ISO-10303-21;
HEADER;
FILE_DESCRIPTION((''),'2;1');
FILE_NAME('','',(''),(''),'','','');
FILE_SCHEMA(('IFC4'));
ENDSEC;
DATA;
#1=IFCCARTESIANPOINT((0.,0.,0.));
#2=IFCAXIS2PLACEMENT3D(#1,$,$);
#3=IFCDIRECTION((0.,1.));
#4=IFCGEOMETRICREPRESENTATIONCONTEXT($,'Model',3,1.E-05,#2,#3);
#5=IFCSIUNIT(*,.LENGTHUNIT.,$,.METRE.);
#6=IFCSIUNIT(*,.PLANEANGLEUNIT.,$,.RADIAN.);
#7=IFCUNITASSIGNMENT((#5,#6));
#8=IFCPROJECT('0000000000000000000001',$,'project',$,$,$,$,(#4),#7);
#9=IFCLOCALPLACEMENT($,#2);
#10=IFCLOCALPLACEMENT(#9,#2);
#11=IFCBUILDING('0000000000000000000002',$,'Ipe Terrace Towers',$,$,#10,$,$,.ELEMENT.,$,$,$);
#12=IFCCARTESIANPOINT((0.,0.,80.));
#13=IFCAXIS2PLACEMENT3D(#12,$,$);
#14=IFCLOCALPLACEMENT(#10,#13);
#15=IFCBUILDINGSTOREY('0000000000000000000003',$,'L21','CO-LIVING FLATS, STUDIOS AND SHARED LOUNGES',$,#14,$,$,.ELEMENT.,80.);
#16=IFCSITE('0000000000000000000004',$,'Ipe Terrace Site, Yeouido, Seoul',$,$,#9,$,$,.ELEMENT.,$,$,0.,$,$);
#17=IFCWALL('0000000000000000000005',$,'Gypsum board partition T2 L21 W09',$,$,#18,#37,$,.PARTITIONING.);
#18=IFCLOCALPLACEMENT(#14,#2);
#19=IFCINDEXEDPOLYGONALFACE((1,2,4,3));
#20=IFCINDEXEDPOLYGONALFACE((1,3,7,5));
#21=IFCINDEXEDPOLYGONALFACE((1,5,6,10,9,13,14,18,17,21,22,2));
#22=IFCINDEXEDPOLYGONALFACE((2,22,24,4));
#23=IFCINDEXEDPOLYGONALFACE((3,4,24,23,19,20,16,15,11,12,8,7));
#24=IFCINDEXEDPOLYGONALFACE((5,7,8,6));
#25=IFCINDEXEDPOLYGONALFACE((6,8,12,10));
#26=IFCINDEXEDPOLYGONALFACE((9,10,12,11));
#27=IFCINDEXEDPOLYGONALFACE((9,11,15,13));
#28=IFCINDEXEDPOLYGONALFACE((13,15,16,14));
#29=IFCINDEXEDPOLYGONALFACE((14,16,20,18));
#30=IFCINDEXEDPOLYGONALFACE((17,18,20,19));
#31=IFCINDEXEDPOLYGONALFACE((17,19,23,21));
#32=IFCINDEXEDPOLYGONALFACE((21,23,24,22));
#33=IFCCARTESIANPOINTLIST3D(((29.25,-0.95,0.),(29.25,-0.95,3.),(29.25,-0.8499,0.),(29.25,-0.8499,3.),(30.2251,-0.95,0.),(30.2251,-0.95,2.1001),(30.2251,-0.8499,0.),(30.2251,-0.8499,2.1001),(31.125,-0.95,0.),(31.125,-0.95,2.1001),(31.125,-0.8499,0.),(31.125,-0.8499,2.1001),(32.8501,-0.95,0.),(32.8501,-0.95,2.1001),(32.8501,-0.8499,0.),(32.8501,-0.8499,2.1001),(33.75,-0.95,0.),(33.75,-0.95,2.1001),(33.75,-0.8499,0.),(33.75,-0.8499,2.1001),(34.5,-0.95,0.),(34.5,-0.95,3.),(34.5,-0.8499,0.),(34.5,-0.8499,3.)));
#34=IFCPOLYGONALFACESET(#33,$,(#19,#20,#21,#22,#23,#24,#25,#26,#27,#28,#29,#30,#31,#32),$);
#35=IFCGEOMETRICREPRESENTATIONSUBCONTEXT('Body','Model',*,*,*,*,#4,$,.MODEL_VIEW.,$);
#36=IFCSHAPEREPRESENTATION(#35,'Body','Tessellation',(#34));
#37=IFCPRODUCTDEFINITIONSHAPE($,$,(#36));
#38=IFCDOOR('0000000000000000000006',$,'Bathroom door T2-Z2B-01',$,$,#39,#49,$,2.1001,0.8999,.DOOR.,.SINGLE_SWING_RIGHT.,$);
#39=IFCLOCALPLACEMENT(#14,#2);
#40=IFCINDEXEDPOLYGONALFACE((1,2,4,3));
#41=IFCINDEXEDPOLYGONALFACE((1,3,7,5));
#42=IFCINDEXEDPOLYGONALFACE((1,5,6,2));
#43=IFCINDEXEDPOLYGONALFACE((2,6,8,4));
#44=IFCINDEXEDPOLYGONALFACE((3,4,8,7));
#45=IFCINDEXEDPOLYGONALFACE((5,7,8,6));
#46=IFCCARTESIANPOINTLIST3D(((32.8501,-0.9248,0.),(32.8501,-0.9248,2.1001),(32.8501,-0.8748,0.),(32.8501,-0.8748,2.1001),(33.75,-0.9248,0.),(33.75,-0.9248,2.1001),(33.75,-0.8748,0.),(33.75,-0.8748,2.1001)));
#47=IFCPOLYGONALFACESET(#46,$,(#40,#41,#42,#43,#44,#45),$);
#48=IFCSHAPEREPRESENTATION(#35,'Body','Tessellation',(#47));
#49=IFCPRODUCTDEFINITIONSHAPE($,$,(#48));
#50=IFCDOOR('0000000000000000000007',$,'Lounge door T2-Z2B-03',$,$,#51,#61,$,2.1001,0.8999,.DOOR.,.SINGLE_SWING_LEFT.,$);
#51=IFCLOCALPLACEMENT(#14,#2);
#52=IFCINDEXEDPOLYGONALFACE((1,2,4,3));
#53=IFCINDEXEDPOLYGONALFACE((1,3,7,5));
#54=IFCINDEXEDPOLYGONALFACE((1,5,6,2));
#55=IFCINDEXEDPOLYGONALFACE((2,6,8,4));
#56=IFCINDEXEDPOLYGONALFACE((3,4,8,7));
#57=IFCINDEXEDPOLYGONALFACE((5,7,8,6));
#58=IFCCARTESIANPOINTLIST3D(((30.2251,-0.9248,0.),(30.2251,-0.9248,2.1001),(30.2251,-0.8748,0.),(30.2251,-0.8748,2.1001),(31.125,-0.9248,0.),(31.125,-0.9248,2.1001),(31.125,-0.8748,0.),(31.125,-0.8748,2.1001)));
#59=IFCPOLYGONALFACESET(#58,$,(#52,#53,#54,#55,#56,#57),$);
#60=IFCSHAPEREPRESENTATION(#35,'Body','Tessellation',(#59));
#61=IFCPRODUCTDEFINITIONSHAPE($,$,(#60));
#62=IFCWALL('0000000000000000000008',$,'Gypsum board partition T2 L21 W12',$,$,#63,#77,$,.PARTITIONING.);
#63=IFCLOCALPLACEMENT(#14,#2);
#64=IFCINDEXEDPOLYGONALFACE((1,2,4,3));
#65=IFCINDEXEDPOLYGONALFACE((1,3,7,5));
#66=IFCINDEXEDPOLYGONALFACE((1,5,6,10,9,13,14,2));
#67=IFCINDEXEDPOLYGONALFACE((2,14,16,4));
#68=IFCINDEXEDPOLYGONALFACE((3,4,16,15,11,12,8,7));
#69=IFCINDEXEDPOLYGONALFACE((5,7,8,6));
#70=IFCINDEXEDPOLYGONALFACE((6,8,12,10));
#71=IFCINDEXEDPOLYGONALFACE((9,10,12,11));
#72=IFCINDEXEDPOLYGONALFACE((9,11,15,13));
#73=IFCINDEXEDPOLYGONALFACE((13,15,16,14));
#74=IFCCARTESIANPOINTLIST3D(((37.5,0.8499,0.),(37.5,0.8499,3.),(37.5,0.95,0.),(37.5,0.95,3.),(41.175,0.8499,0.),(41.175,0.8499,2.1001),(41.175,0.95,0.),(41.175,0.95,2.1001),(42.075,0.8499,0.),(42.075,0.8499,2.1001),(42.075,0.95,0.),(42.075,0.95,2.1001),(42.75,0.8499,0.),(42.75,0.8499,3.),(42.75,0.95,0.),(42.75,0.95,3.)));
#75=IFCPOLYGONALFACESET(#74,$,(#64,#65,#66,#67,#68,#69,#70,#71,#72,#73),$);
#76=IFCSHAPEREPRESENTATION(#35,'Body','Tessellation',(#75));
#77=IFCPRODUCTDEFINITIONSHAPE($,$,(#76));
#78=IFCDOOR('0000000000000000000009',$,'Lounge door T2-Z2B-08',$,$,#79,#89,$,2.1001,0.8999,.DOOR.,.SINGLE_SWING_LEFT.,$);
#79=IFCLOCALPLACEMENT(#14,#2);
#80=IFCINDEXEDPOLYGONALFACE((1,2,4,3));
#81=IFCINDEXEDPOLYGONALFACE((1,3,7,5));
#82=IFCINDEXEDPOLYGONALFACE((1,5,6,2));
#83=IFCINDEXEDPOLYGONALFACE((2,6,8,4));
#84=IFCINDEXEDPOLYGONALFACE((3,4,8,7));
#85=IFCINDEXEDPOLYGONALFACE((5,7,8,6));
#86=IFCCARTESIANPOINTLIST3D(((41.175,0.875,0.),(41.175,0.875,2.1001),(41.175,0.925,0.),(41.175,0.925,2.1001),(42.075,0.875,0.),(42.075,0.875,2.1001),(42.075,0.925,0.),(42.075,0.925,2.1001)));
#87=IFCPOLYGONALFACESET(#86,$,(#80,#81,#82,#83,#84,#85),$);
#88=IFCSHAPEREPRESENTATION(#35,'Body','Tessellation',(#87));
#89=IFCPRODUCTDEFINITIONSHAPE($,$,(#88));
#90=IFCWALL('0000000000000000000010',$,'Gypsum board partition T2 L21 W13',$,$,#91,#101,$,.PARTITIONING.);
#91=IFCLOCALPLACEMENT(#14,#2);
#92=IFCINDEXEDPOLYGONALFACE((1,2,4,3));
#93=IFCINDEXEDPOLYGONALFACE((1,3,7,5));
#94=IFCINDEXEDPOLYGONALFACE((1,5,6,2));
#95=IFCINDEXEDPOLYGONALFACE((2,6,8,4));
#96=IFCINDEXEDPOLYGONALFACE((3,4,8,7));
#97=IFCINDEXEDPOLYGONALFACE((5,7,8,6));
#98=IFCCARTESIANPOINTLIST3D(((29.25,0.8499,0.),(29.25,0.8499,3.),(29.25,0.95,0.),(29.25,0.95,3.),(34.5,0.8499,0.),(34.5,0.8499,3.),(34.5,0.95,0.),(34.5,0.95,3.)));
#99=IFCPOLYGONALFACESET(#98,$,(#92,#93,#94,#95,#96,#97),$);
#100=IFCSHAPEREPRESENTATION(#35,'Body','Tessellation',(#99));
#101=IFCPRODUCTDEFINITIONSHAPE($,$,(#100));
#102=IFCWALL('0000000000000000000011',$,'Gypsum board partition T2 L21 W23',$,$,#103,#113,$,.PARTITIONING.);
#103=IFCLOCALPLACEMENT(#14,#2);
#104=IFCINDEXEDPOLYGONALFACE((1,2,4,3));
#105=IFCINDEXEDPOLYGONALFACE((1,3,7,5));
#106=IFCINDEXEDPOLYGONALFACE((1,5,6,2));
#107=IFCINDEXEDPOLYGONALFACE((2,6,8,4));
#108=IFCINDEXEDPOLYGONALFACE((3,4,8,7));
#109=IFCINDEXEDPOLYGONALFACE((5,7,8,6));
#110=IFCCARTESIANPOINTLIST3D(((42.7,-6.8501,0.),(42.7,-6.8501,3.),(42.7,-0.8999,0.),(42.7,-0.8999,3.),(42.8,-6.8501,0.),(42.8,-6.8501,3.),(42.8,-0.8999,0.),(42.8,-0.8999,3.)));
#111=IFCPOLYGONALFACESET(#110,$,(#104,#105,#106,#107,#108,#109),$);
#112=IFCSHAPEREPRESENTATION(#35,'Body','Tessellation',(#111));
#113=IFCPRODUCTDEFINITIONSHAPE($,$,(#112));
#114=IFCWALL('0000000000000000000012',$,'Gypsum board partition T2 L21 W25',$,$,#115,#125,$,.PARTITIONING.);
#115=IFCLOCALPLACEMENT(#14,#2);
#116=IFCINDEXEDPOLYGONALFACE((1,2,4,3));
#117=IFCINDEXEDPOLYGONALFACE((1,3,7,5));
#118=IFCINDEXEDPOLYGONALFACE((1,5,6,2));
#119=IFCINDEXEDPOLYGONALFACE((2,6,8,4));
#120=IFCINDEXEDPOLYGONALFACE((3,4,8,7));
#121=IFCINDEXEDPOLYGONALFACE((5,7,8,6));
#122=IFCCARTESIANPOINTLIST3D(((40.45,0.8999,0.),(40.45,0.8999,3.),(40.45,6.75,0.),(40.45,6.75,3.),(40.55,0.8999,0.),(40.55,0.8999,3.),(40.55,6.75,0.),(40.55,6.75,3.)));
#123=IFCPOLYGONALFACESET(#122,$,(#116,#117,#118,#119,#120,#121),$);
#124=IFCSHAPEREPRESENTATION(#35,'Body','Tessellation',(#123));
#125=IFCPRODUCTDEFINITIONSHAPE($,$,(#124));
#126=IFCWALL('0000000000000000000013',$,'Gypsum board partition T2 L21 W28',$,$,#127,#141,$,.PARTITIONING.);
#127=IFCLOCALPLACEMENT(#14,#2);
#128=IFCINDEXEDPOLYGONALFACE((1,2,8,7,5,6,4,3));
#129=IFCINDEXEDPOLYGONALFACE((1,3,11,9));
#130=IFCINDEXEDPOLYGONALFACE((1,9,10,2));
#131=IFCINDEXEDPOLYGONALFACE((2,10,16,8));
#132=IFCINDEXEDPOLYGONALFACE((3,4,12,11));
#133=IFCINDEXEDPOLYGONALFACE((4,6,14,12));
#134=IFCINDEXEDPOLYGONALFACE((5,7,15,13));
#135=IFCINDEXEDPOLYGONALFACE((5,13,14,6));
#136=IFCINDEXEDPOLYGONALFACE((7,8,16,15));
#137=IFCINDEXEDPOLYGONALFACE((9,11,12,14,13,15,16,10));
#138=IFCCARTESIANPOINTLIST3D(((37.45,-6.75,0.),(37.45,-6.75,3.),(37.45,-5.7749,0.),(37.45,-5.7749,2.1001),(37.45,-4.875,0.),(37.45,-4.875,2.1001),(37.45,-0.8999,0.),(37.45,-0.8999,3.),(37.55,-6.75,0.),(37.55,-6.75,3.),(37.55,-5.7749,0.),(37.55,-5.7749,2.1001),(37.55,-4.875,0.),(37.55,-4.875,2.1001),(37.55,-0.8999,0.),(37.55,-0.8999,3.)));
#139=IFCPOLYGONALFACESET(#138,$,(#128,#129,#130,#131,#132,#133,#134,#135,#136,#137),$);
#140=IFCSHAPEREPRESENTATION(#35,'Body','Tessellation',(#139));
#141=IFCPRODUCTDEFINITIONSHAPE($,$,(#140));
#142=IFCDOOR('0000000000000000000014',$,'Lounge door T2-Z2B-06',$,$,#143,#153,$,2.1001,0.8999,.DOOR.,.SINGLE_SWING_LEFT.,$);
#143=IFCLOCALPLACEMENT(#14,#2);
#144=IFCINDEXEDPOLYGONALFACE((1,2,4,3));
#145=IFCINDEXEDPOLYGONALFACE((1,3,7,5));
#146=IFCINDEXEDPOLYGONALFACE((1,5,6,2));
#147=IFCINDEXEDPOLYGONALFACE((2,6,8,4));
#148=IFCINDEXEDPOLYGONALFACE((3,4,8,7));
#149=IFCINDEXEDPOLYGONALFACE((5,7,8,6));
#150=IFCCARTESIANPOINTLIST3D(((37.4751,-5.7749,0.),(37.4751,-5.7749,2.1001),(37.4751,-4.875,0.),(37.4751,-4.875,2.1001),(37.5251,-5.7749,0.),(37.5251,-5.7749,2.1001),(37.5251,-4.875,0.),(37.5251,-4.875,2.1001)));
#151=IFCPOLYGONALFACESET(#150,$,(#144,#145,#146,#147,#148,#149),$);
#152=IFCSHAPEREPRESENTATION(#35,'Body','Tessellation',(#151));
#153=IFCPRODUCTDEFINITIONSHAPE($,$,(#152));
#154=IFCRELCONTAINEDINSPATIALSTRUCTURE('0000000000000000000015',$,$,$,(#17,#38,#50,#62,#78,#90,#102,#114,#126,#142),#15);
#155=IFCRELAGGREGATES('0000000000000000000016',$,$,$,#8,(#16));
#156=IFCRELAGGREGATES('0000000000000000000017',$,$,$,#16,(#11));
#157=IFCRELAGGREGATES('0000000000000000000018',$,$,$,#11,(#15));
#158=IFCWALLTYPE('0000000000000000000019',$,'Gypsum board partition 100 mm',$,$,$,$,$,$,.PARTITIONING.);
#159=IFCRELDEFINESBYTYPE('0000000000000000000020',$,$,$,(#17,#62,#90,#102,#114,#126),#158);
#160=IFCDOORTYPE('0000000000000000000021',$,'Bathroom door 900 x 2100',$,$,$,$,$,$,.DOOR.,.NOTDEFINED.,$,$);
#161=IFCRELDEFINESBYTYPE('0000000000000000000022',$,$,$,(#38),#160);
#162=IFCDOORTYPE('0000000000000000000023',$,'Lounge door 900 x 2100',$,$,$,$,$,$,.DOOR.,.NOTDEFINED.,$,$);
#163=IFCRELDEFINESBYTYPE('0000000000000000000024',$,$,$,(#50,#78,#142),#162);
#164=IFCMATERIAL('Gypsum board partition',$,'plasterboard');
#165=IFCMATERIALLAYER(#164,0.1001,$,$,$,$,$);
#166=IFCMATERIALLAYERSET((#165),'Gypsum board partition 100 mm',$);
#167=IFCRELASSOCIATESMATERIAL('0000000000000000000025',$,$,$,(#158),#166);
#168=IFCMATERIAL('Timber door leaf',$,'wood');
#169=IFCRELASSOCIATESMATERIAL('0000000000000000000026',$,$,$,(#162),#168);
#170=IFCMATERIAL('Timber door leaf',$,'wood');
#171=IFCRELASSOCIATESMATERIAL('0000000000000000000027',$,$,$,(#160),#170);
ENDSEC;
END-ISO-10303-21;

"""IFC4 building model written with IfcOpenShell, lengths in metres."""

from ifc_helpers import new_model, si_unit, direction, frame, frame_2d, origin, place, context, subcontext, project, spatial, rectangle, extrude, material, layer, layer_set, type_object, element, fill, save


model = new_model("IFC4")

# Units and contexts
model_context = context("Model", 3, precision=1e-05, world=origin(), true_north=direction((0.0, 1.0)))
body_context = subcontext(model_context, "Body", "Model", "MODEL_VIEW")
ifc_project = project(units=[si_unit("LENGTHUNIT", "METRE"), si_unit("PLANEANGLEUNIT", "RADIAN")], contexts=[model_context])

# Site, building, storey
site_placement = place(None, origin())
site = spatial("IfcSite", under=ifc_project, at=site_placement, Name="Ipe Terrace Site, Yeouido, Seoul", CompositionType="ELEMENT", RefElevation=0.0)
building_placement = place(site_placement, origin())
building = spatial("IfcBuilding", under=site, at=building_placement, Name="Ipe Terrace Towers", CompositionType="ELEMENT")
storey_placement = place(building_placement, frame((0.0, 0.0, 80.0)))
storey = spatial("IfcBuildingStorey", under=building, at=storey_placement, Name="L21", Description="CO-LIVING FLATS, STUDIOS AND SHARED LOUNGES", CompositionType="ELEMENT", Elevation=80.0)

# Shared definitions
ifc_material_1 = material(Name="Gypsum board partition", Category="plasterboard")
ifc_layer_1 = layer(ifc_material_1, 0.1001)
ifc_layer_set_1 = layer_set([ifc_layer_1], Name="Gypsum board partition 100 mm")
wall_type_1 = type_object("IfcWallType", Name="Gypsum board partition 100 mm", PredefinedType="PARTITIONING", material=ifc_layer_set_1)

# Shared definitions
ifc_material_2 = material(Name="Timber door leaf", Category="wood")
door_type_1 = type_object("IfcDoorType", Name="Lounge door 900 x 2100", OperationType="NOTDEFINED", PredefinedType="DOOR", material=ifc_material_2)

# Wall, openings, doors
wall_1_placement = place(storey_placement, frame((34.5, -0.8999, 0.0), z_axis=(0.0, 0.0, 1.0), x_axis=(-1.0, 0.0, 0.0)))
wall_1 = element("IfcWall", 1, at=wall_1_placement, inside=storey, type_object=wall_type_1, Name="Gypsum board partition T2 L21 W09", PredefinedType="PARTITIONING", context=body_context, shape_type="SweptSolid", body=[
    extrude(rectangle(XDim=5.25, YDim=0.1001, at=frame_2d((2.625, 0.0))), origin(), (0.0, 0.0, 1.0), 3.0),
])
opening_1_placement = place(wall_1_placement, frame((0.75, 0.0, 0.0)))
opening_1 = element("IfcOpeningElement", 2, at=opening_1_placement, cuts=wall_1, PredefinedType="OPENING", context=body_context, shape_type="SweptSolid", body=[
    extrude(rectangle(XDim=0.8999, YDim=2.1001, at=frame_2d((0.45, 1.05))), frame((0.0, 0.0601, 0.0), z_axis=(0.0, -1.0, 0.0), x_axis=(1.0, 0.0, 0.0)), (0.0, 0.0, 1.0), 0.1201),
])
opening_2_placement = place(wall_1_placement, frame((3.375, 0.0, 0.0)))
opening_2 = element("IfcOpeningElement", 3, at=opening_2_placement, cuts=wall_1, PredefinedType="OPENING", context=body_context, shape_type="SweptSolid", body=[
    extrude(rectangle(XDim=0.8999, YDim=2.1001, at=frame_2d((0.45, 1.05))), frame((0.0, 0.0601, 0.0), z_axis=(0.0, -1.0, 0.0), x_axis=(1.0, 0.0, 0.0)), (0.0, 0.0, 1.0), 0.1201),
])
ifc_material_3 = material(Name="Timber door leaf", Category="wood")
door_type_2 = type_object("IfcDoorType", Name="Bathroom door 900 x 2100", OperationType="NOTDEFINED", PredefinedType="DOOR", material=ifc_material_3)
door_1_placement = place(opening_1_placement, origin())
door_1 = element("IfcDoor", 4, at=door_1_placement, inside=storey, type_object=door_type_2, Name="Bathroom door T2-Z2B-01", OperationType="SINGLE_SWING_RIGHT", OverallHeight=2.1001, OverallWidth=0.8999, PredefinedType="DOOR", context=body_context, shape_type="SweptSolid", body=[
    extrude(rectangle(XDim=0.8999, YDim=2.1001, at=frame_2d((0.45, 1.05))), frame((0.0, 0.0249, 0.0), z_axis=(0.0, -1.0, 0.0), x_axis=(1.0, 0.0, 0.0)), (0.0, 0.0, 1.0), 0.05),
])
fill(opening_1, door_1)
door_2_placement = place(opening_2_placement, origin())
door_2 = element("IfcDoor", 5, at=door_2_placement, inside=storey, type_object=door_type_1, Name="Lounge door T2-Z2B-03", OperationType="SINGLE_SWING_LEFT", OverallHeight=2.1001, OverallWidth=0.8999, PredefinedType="DOOR", context=body_context, shape_type="SweptSolid", body=[
    extrude(rectangle(XDim=0.8999, YDim=2.1001, at=frame_2d((0.45, 1.05))), frame((0.0, 0.0249, 0.0), z_axis=(0.0, -1.0, 0.0), x_axis=(1.0, 0.0, 0.0)), (0.0, 0.0, 1.0), 0.05),
])
fill(opening_2, door_2)

# Wall, opening, door
wall_2_placement = place(storey_placement, frame((42.75, 0.8999, 0.0), z_axis=(0.0, 0.0, 1.0), x_axis=(-1.0, 0.0, 0.0)))
wall_2 = element("IfcWall", 6, at=wall_2_placement, inside=storey, type_object=wall_type_1, Name="Gypsum board partition T2 L21 W12", PredefinedType="PARTITIONING", context=body_context, shape_type="SweptSolid", body=[
    extrude(rectangle(XDim=5.25, YDim=0.1001, at=frame_2d((2.625, 0.0))), origin(), (0.0, 0.0, 1.0), 3.0),
])
opening_3_placement = place(wall_2_placement, frame((0.675, 0.0, 0.0)))
opening_3 = element("IfcOpeningElement", 7, at=opening_3_placement, cuts=wall_2, PredefinedType="OPENING", context=body_context, shape_type="SweptSolid", body=[
    extrude(rectangle(XDim=0.8999, YDim=2.1001, at=frame_2d((0.45, 1.05))), frame((0.0, 0.0601, 0.0), z_axis=(0.0, -1.0, 0.0), x_axis=(1.0, 0.0, 0.0)), (0.0, 0.0, 1.0), 0.1201),
])
door_3_placement = place(opening_3_placement, origin())
door_3 = element("IfcDoor", 8, at=door_3_placement, inside=storey, type_object=door_type_1, Name="Lounge door T2-Z2B-08", OperationType="SINGLE_SWING_LEFT", OverallHeight=2.1001, OverallWidth=0.8999, PredefinedType="DOOR", context=body_context, shape_type="SweptSolid", body=[
    extrude(rectangle(XDim=0.8999, YDim=2.1001, at=frame_2d((0.45, 1.05))), frame((0.0, 0.0249, 0.0), z_axis=(0.0, -1.0, 0.0), x_axis=(1.0, 0.0, 0.0)), (0.0, 0.0, 1.0), 0.05),
])
fill(opening_3, door_3)

# Walls
wall_3_placement = place(storey_placement, frame((34.5, 0.8999, 0.0), z_axis=(0.0, 0.0, 1.0), x_axis=(-1.0, 0.0, 0.0)))
element("IfcWall", 9, at=wall_3_placement, inside=storey, type_object=wall_type_1, Name="Gypsum board partition T2 L21 W13", PredefinedType="PARTITIONING", context=body_context, shape_type="SweptSolid", body=[
    extrude(rectangle(XDim=5.25, YDim=0.1001, at=frame_2d((2.625, 0.0))), origin(), (0.0, 0.0, 1.0), 3.0),
])
wall_4_placement = place(storey_placement, frame((42.75, -6.8501, 0.0), z_axis=(0.0, 0.0, 1.0), x_axis=(0.0, 1.0, 0.0)))
element("IfcWall", 10, at=wall_4_placement, inside=storey, type_object=wall_type_1, Name="Gypsum board partition T2 L21 W23", PredefinedType="PARTITIONING", context=body_context, shape_type="SweptSolid", body=[
    extrude(rectangle(XDim=5.9502, YDim=0.1001, at=frame_2d((2.9751, 0.0))), origin(), (0.0, 0.0, 1.0), 3.0),
])
wall_5_placement = place(storey_placement, frame((40.5, 0.8999, 0.0), z_axis=(0.0, 0.0, 1.0), x_axis=(0.0, 1.0, 0.0)))
element("IfcWall", 11, at=wall_5_placement, inside=storey, type_object=wall_type_1, Name="Gypsum board partition T2 L21 W25", PredefinedType="PARTITIONING", context=body_context, shape_type="SweptSolid", body=[
    extrude(rectangle(XDim=5.8501, YDim=0.1001, at=frame_2d((2.925, 0.0))), origin(), (0.0, 0.0, 1.0), 3.0),
])

# Wall, opening, door
wall_6_placement = place(storey_placement, frame((37.5, -6.75, 0.0), z_axis=(0.0, 0.0, 1.0), x_axis=(0.0, 1.0, 0.0)))
wall_6 = element("IfcWall", 12, at=wall_6_placement, inside=storey, type_object=wall_type_1, Name="Gypsum board partition T2 L21 W28", PredefinedType="PARTITIONING", context=body_context, shape_type="SweptSolid", body=[
    extrude(rectangle(XDim=5.8501, YDim=0.1001, at=frame_2d((2.925, 0.0))), origin(), (0.0, 0.0, 1.0), 3.0),
])
opening_4_placement = place(wall_6_placement, frame((0.9751, 0.0, 0.0)))
opening_4 = element("IfcOpeningElement", 13, at=opening_4_placement, cuts=wall_6, PredefinedType="OPENING", context=body_context, shape_type="SweptSolid", body=[
    extrude(rectangle(XDim=0.8999, YDim=2.1001, at=frame_2d((0.45, 1.05))), frame((0.0, 0.0601, 0.0), z_axis=(0.0, -1.0, 0.0), x_axis=(1.0, 0.0, 0.0)), (0.0, 0.0, 1.0), 0.1201),
])
door_4_placement = place(opening_4_placement, origin())
door_4 = element("IfcDoor", 14, at=door_4_placement, inside=storey, type_object=door_type_1, Name="Lounge door T2-Z2B-06", OperationType="SINGLE_SWING_LEFT", OverallHeight=2.1001, OverallWidth=0.8999, PredefinedType="DOOR", context=body_context, shape_type="SweptSolid", body=[
    extrude(rectangle(XDim=0.8999, YDim=2.1001, at=frame_2d((0.45, 1.05))), frame((0.0, 0.0249, 0.0), z_axis=(0.0, -1.0, 0.0), x_axis=(1.0, 0.0, 0.0)), (0.0, 0.0, 1.0), 0.05),
])
fill(opening_4, door_4)

save(model, "model.ifc")
